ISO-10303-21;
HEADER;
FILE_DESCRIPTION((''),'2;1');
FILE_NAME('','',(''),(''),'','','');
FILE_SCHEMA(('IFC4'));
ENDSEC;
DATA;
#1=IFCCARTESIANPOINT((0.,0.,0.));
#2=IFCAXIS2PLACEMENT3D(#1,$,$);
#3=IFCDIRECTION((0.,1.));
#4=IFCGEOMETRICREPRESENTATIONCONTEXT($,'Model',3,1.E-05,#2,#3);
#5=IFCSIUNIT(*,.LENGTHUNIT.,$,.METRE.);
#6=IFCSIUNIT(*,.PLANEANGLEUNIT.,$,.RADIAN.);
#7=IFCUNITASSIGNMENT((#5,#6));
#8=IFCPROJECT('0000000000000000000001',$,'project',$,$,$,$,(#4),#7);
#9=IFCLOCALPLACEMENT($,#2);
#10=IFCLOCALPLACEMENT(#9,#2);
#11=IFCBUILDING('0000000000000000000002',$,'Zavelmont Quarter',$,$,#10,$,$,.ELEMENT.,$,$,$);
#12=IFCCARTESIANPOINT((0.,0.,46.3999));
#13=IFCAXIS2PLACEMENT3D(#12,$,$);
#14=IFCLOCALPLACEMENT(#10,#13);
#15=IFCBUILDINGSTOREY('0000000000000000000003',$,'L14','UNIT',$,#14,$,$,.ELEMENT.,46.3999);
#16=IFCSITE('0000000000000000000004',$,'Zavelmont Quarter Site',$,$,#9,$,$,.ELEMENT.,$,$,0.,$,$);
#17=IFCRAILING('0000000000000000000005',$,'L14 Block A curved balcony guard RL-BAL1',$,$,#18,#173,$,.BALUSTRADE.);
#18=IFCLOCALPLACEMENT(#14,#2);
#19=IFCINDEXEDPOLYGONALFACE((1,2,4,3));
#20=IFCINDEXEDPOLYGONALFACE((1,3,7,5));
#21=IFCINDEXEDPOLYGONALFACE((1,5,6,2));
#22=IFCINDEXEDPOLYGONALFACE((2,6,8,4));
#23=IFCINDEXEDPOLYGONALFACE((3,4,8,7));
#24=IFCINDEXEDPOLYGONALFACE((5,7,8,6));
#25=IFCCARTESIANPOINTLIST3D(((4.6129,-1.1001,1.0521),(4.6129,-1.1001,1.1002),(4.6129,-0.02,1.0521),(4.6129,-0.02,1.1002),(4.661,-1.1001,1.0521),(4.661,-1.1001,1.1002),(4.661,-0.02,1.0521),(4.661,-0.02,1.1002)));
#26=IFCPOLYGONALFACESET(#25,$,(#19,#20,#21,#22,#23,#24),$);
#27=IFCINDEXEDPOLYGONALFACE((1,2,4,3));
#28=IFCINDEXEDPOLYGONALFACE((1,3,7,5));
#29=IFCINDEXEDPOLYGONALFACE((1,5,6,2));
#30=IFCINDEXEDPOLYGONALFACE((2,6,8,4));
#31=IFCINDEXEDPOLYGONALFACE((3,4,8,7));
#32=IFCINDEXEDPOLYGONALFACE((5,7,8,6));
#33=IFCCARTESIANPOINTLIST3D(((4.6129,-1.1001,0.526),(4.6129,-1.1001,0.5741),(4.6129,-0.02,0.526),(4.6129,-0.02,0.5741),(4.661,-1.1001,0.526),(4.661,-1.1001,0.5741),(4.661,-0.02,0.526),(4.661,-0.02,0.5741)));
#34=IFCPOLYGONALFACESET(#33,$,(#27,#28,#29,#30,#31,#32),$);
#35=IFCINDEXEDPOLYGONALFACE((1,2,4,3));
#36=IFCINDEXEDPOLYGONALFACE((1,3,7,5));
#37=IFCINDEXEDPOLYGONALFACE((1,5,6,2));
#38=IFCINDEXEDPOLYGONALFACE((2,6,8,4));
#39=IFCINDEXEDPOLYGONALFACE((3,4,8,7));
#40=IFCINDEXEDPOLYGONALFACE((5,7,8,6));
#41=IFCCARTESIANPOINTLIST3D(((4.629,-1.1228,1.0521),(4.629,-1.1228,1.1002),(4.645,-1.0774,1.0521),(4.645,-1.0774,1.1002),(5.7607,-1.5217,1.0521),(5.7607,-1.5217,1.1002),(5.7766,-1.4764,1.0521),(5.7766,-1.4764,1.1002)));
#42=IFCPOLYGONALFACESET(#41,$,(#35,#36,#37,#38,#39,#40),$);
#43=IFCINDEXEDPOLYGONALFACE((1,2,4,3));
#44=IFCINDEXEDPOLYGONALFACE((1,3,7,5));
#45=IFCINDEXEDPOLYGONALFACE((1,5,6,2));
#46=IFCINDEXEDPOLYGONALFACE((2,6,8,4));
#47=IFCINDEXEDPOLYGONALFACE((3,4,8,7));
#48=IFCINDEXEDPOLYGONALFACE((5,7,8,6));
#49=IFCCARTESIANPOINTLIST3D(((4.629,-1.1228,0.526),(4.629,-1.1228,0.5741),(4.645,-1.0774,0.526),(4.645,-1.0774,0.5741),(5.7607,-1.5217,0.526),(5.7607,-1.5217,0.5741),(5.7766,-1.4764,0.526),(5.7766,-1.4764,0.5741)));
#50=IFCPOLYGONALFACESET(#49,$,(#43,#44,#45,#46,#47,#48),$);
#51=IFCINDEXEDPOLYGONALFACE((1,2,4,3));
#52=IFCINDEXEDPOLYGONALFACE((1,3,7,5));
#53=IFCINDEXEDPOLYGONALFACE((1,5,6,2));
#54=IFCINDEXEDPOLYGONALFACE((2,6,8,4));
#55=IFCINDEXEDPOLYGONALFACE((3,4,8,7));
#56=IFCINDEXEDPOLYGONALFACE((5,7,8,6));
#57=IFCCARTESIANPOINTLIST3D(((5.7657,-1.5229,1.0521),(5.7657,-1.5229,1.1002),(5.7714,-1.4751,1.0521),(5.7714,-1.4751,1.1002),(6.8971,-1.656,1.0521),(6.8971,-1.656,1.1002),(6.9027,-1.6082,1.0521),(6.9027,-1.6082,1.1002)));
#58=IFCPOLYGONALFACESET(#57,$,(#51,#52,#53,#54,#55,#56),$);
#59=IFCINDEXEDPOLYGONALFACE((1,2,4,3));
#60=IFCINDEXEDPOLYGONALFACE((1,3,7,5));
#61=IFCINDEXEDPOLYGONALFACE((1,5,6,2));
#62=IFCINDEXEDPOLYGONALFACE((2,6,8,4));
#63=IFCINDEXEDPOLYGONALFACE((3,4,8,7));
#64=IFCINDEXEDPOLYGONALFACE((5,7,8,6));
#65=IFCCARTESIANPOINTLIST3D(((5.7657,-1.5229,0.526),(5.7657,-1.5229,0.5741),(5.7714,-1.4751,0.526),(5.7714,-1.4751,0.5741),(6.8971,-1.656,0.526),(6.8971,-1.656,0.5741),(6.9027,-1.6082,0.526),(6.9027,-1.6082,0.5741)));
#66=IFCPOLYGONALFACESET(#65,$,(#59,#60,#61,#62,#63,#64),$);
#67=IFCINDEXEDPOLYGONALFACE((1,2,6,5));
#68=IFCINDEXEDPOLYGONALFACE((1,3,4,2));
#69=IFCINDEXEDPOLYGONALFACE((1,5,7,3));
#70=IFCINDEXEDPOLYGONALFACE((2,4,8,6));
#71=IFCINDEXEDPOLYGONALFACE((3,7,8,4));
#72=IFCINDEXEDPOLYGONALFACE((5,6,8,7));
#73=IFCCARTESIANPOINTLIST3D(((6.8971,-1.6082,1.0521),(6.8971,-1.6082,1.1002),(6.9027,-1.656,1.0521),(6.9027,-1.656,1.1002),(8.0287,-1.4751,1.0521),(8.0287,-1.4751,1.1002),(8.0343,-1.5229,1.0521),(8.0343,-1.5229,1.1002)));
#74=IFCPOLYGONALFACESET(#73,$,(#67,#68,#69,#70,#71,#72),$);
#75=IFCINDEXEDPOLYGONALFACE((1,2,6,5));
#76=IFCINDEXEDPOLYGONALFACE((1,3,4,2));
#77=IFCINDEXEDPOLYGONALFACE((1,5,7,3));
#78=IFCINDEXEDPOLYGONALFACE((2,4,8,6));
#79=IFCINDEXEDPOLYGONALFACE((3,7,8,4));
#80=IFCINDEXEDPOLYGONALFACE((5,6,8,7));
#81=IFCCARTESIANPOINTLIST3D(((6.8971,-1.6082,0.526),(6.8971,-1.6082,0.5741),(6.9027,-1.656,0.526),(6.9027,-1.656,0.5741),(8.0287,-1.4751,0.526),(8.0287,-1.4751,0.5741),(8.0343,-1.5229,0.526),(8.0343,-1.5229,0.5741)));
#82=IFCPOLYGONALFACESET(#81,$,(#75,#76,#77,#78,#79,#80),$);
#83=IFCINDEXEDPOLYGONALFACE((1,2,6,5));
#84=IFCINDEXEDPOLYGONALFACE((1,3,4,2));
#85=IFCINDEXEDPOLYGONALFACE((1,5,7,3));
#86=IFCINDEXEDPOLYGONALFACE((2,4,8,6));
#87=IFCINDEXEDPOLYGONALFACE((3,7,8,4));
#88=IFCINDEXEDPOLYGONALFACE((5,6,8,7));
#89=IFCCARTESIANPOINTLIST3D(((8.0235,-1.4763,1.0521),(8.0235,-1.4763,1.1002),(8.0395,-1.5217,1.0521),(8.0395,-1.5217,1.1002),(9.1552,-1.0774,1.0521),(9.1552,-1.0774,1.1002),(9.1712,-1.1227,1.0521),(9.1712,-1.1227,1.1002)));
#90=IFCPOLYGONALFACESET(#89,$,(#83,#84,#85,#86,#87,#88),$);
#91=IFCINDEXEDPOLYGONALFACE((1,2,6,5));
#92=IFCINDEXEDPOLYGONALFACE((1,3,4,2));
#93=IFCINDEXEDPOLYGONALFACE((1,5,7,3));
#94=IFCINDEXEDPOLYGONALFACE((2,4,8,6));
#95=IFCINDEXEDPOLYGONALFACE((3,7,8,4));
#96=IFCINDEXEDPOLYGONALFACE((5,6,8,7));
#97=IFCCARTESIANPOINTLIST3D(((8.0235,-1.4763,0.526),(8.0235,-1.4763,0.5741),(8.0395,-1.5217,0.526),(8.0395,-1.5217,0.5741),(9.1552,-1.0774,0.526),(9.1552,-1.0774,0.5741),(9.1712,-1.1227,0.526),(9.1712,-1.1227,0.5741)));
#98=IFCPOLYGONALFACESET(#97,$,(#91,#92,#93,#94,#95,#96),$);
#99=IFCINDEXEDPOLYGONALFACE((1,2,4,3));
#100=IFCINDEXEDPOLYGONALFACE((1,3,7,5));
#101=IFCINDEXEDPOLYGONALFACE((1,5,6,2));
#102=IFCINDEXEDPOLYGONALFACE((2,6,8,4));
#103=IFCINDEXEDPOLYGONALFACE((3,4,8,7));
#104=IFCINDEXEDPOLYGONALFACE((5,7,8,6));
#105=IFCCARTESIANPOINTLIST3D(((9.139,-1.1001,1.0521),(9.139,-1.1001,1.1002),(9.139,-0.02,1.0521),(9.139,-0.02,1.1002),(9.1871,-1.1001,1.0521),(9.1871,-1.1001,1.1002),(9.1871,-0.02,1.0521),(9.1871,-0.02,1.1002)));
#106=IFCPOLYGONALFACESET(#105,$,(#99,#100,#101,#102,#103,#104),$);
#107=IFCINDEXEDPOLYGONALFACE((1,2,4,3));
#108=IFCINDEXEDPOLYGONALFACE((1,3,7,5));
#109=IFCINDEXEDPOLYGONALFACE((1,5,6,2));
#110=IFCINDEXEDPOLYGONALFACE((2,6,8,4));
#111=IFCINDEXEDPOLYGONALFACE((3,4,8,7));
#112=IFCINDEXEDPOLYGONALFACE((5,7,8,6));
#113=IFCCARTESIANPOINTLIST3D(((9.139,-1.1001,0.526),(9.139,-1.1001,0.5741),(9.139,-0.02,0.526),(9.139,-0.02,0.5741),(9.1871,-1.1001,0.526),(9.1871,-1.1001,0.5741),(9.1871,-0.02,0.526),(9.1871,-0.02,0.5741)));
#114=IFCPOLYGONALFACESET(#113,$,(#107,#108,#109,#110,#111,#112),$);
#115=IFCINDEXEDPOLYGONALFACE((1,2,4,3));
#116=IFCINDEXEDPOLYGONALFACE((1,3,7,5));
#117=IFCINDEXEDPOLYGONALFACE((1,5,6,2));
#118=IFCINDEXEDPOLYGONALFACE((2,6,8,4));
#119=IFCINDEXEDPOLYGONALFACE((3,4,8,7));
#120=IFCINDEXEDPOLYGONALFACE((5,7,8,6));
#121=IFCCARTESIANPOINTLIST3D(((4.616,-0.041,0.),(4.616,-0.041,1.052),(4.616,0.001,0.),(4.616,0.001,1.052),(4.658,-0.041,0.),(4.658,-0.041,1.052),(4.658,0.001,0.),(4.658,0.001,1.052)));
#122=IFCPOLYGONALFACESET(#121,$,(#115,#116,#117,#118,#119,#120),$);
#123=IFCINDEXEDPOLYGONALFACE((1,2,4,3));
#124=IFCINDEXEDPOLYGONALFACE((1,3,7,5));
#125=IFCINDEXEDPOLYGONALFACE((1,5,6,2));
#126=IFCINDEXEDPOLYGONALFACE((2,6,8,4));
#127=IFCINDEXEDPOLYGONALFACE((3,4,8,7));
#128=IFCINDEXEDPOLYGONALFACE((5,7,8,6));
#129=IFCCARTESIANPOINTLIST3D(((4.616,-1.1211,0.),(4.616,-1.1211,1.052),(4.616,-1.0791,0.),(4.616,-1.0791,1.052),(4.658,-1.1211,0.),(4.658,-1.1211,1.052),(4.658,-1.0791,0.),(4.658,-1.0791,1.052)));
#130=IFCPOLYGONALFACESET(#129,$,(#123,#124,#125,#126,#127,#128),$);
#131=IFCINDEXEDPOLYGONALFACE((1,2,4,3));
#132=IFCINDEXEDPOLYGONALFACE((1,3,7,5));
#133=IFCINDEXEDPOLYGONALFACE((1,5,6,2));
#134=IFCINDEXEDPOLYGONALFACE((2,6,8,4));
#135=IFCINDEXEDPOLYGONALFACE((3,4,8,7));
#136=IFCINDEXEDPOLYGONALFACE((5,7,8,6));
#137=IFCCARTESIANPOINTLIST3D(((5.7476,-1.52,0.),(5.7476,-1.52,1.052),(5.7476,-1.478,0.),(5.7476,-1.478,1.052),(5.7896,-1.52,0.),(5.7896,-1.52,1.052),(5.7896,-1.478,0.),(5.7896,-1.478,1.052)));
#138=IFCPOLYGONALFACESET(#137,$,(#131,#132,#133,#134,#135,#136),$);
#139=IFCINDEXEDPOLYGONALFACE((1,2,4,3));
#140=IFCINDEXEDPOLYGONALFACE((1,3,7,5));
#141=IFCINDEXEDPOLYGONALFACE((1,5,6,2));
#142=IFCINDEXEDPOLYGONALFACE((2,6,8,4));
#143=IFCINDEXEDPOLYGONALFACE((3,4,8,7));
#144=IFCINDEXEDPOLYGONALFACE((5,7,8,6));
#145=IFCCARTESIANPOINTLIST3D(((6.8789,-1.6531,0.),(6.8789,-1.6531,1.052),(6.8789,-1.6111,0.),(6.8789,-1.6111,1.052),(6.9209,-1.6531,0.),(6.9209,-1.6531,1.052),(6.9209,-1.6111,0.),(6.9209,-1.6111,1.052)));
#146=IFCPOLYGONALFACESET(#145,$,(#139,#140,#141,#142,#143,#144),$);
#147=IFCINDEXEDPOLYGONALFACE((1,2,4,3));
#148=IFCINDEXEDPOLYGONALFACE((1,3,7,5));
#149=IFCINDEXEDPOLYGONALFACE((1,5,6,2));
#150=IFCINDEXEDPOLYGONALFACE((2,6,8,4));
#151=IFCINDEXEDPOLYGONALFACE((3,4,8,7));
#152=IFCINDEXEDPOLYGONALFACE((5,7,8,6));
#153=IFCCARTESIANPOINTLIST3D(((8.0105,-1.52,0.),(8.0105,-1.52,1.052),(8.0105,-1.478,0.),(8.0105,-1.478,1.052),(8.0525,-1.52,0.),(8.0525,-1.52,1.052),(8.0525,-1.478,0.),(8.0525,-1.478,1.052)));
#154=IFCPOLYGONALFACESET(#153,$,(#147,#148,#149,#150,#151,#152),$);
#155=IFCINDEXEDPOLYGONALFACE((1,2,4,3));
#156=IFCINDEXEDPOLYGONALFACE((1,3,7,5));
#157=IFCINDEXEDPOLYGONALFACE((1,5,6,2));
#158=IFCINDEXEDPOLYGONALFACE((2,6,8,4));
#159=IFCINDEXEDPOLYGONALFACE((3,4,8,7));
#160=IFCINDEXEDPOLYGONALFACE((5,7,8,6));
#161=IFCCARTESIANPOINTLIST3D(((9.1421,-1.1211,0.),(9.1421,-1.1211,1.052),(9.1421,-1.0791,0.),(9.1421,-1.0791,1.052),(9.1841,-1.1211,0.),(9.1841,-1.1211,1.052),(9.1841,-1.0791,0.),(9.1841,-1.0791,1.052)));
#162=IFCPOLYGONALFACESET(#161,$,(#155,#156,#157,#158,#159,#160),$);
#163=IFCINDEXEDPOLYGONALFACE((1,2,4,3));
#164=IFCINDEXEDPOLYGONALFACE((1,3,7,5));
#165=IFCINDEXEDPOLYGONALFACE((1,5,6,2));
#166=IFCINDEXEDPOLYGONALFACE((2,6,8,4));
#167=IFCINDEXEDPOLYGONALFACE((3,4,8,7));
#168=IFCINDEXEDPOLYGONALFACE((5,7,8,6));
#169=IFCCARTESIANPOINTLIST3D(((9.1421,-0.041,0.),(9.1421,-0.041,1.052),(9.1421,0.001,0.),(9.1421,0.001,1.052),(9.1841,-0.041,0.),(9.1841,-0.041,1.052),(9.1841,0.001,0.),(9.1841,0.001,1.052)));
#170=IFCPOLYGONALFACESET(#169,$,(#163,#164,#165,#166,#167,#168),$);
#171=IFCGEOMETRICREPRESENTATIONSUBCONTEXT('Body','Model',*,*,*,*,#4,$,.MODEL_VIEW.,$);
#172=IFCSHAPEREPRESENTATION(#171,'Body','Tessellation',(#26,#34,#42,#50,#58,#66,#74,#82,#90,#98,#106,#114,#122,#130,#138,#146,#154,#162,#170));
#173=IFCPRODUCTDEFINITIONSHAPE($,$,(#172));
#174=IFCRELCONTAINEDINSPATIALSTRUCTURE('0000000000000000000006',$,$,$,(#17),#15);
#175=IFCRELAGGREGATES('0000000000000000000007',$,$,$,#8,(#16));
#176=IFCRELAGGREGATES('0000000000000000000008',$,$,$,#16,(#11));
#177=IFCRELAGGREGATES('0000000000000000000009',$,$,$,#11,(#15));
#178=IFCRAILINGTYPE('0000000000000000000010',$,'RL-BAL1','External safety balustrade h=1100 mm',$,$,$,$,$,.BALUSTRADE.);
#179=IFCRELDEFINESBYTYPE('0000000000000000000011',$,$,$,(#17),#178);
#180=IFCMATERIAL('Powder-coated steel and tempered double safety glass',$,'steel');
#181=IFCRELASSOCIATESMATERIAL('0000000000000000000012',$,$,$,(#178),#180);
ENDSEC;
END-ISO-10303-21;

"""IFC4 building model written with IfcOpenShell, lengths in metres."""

from ifc_helpers import new_model, si_unit, direction, frame, origin, origin_2d, place, context, subcontext, project, spatial, rectangle, extrude, material, type_object, element, save


model = new_model("IFC4")

# Units and contexts
model_context = context("Model", 3, precision=1e-05, world=origin(), true_north=direction((0.0, 1.0)))
body_context = subcontext(model_context, "Body", "Model", "MODEL_VIEW")
ifc_project = project(units=[si_unit("LENGTHUNIT", "METRE"), si_unit("PLANEANGLEUNIT", "RADIAN")], contexts=[model_context])

# Site, building, storey
site_placement = place(None, origin())
site = spatial("IfcSite", under=ifc_project, at=site_placement, Name="Zavelmont Quarter Site", CompositionType="ELEMENT", RefElevation=0.0)
building_placement = place(site_placement, origin())
building = spatial("IfcBuilding", under=site, at=building_placement, Name="Zavelmont Quarter", CompositionType="ELEMENT")
storey_placement = place(building_placement, frame((0.0, 0.0, 46.3999)))
storey = spatial("IfcBuildingStorey", under=building, at=storey_placement, Name="L14", Description="UNIT", CompositionType="ELEMENT", Elevation=46.3999)

# Railing
ifc_material_1 = material(Name="Powder-coated steel and tempered double safety glass", Category="steel")
railing_type = type_object("IfcRailingType", Name="RL-BAL1", Description="External safety balustrade h=1100 mm", PredefinedType="BALUSTRADE", material=ifc_material_1)
railing_placement = place(storey_placement, frame((4.637, -0.02, 0.0)))
element("IfcRailing", 1, at=railing_placement, inside=storey, type_object=railing_type, Name="L14 Block A curved balcony guard RL-BAL1", PredefinedType="BALUSTRADE", context=body_context, shape_type="SweptSolid", body=[
    extrude(rectangle(XDim=0.0481, YDim=0.0481, at=origin_2d()), frame((0.0, 0.0, 1.0762), z_axis=(0.0, -1.0, 0.0), x_axis=(1.0, 0.0, 0.0)), (0.0, 0.0, 1.0), 1.0801),
    extrude(rectangle(XDim=0.0481, YDim=0.0481, at=origin_2d()), frame((0.0, 0.0, 0.55), z_axis=(0.0, -1.0, 0.0), x_axis=(1.0, 0.0, 0.0)), (0.0, 0.0, 1.0), 1.0801),
    extrude(rectangle(XDim=0.0481, YDim=0.0481, at=origin_2d()), frame((0.0, -1.0801, 1.0762), z_axis=(0.94311, -0.33248, 0.0), x_axis=(0.33248, 0.94311, 0.0)), (0.0, 0.0, 1.0), 1.2),
    extrude(rectangle(XDim=0.0481, YDim=0.0481, at=origin_2d()), frame((0.0, -1.0801, 0.55), z_axis=(0.94311, -0.33248, 0.0), x_axis=(0.33248, 0.94311, 0.0)), (0.0, 0.0, 1.0), 1.2),
    extrude(rectangle(XDim=0.0481, YDim=0.0481, at=origin_2d()), frame((1.1316, -1.479, 1.0762), z_axis=(0.993155, -0.116804, 0.0), x_axis=(0.116804, 0.993155, 0.0)), (0.0, 0.0, 1.0), 1.1392),
    extrude(rectangle(XDim=0.0481, YDim=0.0481, at=origin_2d()), frame((1.1316, -1.479, 0.55), z_axis=(0.993155, -0.116804, 0.0), x_axis=(0.116804, 0.993155, 0.0)), (0.0, 0.0, 1.0), 1.1392),
    extrude(rectangle(XDim=0.0481, YDim=0.0481, at=origin_2d()), frame((2.2629, -1.6121, 1.0762), z_axis=(0.993158, 0.116779, 0.0), x_axis=(-0.116779, 0.993158, 0.0)), (0.0, 0.0, 1.0), 1.1394),
    extrude(rectangle(XDim=0.0481, YDim=0.0481, at=origin_2d()), frame((2.2629, -1.6121, 0.55), z_axis=(0.993158, 0.116779, 0.0), x_axis=(-0.116779, 0.993158, 0.0)), (0.0, 0.0, 1.0), 1.1394),
    extrude(rectangle(XDim=0.0481, YDim=0.0481, at=origin_2d()), frame((3.3945, -1.479, 1.0762), z_axis=(0.94311, 0.33248, 0.0), x_axis=(-0.33248, 0.94311, 0.0)), (0.0, 0.0, 1.0), 1.2),
    extrude(rectangle(XDim=0.0481, YDim=0.0481, at=origin_2d()), frame((3.3945, -1.479, 0.55), z_axis=(0.94311, 0.33248, 0.0), x_axis=(-0.33248, 0.94311, 0.0)), (0.0, 0.0, 1.0), 1.2),
    extrude(rectangle(XDim=0.0481, YDim=0.0481, at=origin_2d()), frame((4.5261, -1.0801, 1.0762), z_axis=(0.0, 1.0, 0.0), x_axis=(-1.0, 0.0, 0.0)), (0.0, 0.0, 1.0), 1.0801),
    extrude(rectangle(XDim=0.0481, YDim=0.0481, at=origin_2d()), frame((4.5261, -1.0801, 0.55), z_axis=(0.0, 1.0, 0.0), x_axis=(-1.0, 0.0, 0.0)), (0.0, 0.0, 1.0), 1.0801),
    extrude(rectangle(XDim=0.042, YDim=0.042, at=origin_2d()), origin(), (0.0, 0.0, 1.0), 1.052),
    extrude(rectangle(XDim=0.042, YDim=0.042, at=origin_2d()), frame((0.0, -1.0801, 0.0)), (0.0, 0.0, 1.0), 1.052),
    extrude(rectangle(XDim=0.042, YDim=0.042, at=origin_2d()), frame((1.1316, -1.479, 0.0)), (0.0, 0.0, 1.0), 1.052),
    extrude(rectangle(XDim=0.042, YDim=0.042, at=origin_2d()), frame((2.2629, -1.6121, 0.0)), (0.0, 0.0, 1.0), 1.052),
    extrude(rectangle(XDim=0.042, YDim=0.042, at=origin_2d()), frame((3.3945, -1.479, 0.0)), (0.0, 0.0, 1.0), 1.052),
    extrude(rectangle(XDim=0.042, YDim=0.042, at=origin_2d()), frame((4.5261, -1.0801, 0.0)), (0.0, 0.0, 1.0), 1.052),
    extrude(rectangle(XDim=0.042, YDim=0.042, at=origin_2d()), frame((4.5261, 0.0, 0.0)), (0.0, 0.0, 1.0), 1.052),
])

save(model, "model.ifc")
